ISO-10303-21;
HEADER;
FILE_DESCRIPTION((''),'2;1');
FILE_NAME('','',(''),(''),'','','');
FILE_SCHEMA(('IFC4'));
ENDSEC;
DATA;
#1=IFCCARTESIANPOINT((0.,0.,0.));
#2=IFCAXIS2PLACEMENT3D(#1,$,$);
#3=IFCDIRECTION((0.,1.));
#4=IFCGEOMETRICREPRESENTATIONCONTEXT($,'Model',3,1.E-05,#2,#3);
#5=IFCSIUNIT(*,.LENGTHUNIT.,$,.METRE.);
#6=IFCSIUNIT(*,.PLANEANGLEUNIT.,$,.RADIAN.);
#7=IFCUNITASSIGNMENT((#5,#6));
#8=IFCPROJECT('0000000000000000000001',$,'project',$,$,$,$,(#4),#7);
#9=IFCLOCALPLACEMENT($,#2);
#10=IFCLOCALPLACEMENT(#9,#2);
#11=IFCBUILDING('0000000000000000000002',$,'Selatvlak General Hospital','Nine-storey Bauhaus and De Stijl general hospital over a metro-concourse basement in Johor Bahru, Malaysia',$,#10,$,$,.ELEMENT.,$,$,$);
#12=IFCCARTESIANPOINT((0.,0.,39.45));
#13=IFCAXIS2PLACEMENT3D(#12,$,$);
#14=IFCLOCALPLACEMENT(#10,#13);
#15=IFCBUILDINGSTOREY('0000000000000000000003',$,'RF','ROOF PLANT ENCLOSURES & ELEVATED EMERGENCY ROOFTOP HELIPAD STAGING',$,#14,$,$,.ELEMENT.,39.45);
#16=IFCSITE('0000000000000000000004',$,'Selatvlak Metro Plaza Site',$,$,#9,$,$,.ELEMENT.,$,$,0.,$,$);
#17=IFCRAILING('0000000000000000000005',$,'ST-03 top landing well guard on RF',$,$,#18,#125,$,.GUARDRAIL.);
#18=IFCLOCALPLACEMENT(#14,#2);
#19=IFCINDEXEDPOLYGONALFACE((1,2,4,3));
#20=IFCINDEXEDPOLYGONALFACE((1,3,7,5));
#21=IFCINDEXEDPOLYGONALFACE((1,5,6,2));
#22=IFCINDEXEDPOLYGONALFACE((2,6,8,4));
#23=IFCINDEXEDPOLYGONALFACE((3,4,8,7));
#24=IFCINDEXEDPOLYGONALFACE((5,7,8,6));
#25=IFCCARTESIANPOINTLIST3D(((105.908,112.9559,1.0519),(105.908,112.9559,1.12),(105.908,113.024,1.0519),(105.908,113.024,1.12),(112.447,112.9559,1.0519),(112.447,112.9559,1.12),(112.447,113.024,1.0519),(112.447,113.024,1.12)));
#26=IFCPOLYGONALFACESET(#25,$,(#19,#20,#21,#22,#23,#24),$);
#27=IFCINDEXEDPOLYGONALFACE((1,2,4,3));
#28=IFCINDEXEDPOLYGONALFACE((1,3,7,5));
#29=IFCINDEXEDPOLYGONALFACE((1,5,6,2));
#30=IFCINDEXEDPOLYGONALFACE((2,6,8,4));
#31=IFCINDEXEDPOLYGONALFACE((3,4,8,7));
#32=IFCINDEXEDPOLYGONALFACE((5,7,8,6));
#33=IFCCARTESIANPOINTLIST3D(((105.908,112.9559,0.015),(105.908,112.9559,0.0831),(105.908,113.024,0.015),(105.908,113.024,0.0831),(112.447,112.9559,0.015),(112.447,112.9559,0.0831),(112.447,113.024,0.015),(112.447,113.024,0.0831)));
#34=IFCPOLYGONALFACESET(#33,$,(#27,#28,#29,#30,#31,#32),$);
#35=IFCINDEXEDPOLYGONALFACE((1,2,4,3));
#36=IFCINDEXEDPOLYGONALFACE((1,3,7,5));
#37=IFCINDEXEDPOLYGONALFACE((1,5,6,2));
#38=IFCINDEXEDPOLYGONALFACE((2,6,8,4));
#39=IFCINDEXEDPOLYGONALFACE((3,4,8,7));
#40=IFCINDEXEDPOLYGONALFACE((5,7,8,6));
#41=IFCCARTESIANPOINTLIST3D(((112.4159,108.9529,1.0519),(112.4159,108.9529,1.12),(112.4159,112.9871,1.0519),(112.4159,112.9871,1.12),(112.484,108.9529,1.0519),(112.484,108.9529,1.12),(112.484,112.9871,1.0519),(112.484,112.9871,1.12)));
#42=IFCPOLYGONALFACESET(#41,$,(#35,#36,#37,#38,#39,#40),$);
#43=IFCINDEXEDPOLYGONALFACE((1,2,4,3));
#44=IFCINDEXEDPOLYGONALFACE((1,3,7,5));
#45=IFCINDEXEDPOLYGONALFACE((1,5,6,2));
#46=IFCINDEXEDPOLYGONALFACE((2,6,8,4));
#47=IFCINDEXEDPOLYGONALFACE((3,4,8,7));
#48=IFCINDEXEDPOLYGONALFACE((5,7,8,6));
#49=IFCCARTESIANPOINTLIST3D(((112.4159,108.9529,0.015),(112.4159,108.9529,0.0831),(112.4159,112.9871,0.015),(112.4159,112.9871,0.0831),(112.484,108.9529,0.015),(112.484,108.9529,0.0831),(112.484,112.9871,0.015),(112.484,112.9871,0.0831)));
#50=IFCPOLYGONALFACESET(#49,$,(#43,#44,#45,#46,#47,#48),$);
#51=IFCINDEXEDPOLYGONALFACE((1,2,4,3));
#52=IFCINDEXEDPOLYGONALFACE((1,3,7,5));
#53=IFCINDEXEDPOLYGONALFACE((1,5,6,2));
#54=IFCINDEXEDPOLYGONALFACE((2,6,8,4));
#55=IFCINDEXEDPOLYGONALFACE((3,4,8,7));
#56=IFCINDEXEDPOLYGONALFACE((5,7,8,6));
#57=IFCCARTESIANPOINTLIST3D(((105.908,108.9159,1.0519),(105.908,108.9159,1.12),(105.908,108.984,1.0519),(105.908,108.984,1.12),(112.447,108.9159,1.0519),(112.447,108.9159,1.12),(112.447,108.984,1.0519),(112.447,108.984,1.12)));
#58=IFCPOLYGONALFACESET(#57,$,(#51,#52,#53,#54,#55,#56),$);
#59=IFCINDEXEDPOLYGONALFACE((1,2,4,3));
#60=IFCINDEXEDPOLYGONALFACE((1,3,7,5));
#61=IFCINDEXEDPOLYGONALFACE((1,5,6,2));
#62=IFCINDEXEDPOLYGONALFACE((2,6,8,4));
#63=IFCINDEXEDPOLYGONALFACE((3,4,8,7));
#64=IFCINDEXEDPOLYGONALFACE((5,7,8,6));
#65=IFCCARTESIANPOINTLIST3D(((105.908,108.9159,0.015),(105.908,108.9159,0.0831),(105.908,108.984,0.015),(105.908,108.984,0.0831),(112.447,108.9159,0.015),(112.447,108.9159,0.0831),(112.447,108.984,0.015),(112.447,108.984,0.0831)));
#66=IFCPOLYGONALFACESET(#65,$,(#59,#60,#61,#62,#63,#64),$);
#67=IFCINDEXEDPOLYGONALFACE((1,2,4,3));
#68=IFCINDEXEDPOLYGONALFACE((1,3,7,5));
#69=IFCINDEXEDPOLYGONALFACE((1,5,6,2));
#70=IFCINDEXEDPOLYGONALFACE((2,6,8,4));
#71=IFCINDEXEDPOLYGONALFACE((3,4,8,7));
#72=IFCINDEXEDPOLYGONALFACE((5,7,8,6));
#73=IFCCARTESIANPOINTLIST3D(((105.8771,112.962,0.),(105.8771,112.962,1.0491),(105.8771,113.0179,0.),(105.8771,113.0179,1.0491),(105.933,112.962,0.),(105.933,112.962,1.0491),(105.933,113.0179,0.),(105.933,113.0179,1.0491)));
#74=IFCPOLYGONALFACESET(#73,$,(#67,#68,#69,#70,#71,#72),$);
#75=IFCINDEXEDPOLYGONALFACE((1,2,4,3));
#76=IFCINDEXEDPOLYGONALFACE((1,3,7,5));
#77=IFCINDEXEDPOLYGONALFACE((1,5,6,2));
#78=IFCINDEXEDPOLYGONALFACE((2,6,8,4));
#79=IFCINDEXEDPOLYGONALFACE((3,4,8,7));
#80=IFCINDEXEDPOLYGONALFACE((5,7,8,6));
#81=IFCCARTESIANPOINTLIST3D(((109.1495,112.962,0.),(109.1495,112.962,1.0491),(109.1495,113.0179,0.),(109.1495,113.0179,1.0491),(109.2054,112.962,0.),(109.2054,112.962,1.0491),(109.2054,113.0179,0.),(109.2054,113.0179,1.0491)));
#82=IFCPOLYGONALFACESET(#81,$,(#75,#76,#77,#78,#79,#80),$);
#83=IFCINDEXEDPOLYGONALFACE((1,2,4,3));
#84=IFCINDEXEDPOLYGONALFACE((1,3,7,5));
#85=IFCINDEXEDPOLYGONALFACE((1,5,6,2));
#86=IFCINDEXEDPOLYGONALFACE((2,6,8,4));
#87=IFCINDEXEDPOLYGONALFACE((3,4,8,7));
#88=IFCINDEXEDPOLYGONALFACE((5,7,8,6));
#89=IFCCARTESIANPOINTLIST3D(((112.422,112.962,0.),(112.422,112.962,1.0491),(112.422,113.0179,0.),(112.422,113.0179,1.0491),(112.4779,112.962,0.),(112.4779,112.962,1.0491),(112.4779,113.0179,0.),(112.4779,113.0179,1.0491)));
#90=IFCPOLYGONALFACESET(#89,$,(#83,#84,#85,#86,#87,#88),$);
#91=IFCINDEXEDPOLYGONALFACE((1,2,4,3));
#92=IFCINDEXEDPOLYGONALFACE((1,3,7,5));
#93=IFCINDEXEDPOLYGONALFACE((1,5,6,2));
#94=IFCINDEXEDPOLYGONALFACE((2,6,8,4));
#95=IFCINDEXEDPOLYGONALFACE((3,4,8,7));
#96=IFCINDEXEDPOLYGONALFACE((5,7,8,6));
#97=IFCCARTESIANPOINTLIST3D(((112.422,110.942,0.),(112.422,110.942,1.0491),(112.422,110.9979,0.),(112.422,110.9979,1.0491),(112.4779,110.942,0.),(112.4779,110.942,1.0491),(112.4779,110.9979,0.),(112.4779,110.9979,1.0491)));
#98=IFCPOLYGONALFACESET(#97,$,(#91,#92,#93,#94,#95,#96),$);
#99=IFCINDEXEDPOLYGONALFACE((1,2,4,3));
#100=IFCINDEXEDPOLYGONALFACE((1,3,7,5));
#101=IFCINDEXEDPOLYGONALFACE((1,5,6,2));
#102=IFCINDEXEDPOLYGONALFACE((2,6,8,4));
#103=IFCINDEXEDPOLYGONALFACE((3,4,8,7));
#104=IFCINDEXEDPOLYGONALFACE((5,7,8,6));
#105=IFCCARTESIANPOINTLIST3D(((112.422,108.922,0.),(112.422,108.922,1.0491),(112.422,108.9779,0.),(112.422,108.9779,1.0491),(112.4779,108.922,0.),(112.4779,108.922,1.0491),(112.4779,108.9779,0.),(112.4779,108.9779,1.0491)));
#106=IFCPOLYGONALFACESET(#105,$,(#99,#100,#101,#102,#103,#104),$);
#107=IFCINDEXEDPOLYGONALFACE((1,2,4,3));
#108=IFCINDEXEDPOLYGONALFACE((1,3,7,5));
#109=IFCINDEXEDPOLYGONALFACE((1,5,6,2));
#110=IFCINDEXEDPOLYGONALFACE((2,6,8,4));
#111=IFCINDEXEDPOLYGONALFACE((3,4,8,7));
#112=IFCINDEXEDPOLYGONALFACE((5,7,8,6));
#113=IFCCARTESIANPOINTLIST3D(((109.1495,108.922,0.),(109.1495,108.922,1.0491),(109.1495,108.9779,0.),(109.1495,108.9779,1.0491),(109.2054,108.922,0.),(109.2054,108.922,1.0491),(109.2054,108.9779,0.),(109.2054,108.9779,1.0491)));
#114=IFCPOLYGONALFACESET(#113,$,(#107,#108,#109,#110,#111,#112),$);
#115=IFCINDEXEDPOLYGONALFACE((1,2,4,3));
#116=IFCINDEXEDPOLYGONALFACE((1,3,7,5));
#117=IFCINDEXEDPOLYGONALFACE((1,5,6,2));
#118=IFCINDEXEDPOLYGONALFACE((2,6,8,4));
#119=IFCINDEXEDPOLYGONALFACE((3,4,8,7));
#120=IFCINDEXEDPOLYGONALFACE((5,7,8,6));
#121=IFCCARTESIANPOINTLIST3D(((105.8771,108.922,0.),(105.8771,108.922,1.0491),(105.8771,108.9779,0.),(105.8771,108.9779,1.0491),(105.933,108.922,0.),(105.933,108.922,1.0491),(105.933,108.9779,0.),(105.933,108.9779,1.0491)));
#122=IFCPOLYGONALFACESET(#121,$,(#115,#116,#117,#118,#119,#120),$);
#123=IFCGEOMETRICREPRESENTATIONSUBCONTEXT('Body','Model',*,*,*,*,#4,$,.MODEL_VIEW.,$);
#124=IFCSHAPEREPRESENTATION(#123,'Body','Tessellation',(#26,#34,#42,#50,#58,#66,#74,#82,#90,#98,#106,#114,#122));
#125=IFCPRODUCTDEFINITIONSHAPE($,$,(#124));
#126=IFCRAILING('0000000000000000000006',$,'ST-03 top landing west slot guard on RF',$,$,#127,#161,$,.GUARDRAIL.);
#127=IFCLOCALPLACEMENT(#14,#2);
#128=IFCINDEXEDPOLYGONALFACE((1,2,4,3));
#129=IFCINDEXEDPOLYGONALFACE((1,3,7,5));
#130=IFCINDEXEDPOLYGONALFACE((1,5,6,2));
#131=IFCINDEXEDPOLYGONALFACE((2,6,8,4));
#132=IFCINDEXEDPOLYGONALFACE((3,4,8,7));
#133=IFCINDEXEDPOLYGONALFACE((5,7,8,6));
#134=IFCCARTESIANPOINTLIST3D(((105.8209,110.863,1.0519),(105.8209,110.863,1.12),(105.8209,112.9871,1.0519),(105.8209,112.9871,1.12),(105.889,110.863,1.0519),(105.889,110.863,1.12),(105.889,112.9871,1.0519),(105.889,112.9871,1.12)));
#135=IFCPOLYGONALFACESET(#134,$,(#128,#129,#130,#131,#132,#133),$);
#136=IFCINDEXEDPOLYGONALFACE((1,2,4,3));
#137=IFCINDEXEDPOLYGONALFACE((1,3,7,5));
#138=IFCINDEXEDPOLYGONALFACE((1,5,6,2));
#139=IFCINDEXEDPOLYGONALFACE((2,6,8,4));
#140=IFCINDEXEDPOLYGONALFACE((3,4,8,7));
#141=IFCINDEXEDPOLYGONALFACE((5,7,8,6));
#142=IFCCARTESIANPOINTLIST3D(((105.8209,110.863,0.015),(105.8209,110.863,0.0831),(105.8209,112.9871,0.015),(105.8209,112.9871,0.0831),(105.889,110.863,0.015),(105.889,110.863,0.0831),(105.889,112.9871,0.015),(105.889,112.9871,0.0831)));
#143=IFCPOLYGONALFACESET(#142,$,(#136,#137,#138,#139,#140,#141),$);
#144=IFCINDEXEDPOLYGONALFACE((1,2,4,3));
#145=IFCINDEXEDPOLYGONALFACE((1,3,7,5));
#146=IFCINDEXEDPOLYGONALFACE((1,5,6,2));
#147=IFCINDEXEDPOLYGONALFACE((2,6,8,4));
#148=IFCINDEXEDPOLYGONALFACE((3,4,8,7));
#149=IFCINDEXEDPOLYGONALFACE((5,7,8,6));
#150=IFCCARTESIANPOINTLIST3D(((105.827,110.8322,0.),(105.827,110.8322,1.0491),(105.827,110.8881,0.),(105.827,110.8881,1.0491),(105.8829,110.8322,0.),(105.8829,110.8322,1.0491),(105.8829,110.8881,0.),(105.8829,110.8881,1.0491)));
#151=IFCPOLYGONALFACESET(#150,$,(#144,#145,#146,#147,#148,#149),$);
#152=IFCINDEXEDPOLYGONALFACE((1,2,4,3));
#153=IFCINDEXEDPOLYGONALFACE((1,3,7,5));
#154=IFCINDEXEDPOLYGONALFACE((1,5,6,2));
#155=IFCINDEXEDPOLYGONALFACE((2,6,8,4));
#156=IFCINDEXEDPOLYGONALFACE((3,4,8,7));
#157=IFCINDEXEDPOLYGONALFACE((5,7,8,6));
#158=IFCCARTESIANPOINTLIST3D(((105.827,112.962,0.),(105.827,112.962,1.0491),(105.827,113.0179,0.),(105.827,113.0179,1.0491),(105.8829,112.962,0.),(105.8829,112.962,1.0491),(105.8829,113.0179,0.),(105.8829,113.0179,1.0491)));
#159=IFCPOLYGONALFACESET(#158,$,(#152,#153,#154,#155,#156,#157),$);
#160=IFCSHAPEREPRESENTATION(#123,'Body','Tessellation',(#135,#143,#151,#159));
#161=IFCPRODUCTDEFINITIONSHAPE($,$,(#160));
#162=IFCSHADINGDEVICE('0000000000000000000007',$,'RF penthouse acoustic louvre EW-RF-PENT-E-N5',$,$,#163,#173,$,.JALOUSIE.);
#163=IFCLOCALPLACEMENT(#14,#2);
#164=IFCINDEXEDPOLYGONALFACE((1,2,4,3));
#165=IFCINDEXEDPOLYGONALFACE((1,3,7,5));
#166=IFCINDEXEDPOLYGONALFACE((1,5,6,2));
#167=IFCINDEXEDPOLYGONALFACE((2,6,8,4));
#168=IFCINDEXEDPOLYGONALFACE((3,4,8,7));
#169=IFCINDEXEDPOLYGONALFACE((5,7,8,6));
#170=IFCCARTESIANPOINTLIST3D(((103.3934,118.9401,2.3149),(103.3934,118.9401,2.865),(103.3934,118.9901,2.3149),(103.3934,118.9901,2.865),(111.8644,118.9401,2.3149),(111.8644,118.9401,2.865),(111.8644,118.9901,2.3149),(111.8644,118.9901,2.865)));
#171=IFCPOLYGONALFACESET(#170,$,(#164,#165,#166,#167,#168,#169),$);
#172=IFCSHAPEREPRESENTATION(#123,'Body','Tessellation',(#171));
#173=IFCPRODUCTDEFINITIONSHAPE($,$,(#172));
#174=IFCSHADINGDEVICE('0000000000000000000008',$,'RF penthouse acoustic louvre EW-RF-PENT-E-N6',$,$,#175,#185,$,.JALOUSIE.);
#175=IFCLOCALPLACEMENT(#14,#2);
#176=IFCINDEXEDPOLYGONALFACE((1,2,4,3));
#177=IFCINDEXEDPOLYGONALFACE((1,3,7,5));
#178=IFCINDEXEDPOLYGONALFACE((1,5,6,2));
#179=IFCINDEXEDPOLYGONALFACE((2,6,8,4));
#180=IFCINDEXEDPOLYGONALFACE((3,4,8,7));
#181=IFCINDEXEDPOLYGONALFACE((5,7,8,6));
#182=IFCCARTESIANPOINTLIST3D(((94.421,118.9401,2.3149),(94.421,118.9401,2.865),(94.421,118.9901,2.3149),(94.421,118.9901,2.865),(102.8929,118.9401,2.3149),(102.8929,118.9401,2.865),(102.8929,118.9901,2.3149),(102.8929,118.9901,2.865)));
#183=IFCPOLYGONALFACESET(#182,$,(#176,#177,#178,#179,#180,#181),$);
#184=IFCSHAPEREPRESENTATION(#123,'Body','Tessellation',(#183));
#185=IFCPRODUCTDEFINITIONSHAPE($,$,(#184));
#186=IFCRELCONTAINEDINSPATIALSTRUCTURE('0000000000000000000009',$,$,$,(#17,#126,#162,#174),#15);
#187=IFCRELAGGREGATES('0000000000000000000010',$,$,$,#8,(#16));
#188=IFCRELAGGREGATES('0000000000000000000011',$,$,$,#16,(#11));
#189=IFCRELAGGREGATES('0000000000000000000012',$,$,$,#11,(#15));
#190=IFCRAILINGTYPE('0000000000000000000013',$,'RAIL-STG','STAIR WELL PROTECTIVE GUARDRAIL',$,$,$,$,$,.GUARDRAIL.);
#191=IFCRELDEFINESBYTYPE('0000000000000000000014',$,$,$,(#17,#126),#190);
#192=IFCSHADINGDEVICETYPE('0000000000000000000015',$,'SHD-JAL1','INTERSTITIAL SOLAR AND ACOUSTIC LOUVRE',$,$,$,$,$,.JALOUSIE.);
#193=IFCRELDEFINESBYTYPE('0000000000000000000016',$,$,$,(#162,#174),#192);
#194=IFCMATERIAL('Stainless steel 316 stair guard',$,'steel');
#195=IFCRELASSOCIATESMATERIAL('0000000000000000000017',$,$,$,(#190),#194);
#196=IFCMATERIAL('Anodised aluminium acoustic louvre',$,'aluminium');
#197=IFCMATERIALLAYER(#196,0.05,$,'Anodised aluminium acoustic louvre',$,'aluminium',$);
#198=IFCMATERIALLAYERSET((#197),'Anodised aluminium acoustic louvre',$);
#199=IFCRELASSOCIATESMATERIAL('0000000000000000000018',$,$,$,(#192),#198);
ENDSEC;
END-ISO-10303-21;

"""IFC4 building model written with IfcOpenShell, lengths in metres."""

from ifc_helpers import new_model, si_unit, direction, frame, origin, origin_2d, place, context, subcontext, project, spatial, rectangle, extrude, material, layer, layer_set, type_object, element, save


model = new_model("IFC4")

# Units and contexts
model_context = context("Model", 3, precision=1e-05, world=origin(), true_north=direction((0.0, 1.0)))
body_context = subcontext(model_context, "Body", "Model", "MODEL_VIEW")
ifc_project = project(units=[si_unit("LENGTHUNIT", "METRE"), si_unit("PLANEANGLEUNIT", "RADIAN")], contexts=[model_context])

# Site, building, storey
site_placement = place(None, origin())
site = spatial("IfcSite", under=ifc_project, at=site_placement, Name="Selatvlak Metro Plaza Site", CompositionType="ELEMENT", RefElevation=0.0)
building_placement = place(site_placement, origin())
building = spatial("IfcBuilding", under=site, at=building_placement, Name="Selatvlak General Hospital", Description="Nine-storey Bauhaus and De Stijl general hospital over a metro-concourse basement in Johor Bahru, Malaysia", CompositionType="ELEMENT")
storey_placement = place(building_placement, frame((0.0, 0.0, 39.45)))
storey = spatial("IfcBuildingStorey", under=building, at=storey_placement, Name="RF", Description="ROOF PLANT ENCLOSURES & ELEVATED EMERGENCY ROOFTOP HELIPAD STAGING", CompositionType="ELEMENT", Elevation=39.45)

# Railings
ifc_material_1 = material(Name="Stainless steel 316 stair guard", Category="steel")
railing_type = type_object("IfcRailingType", Name="RAIL-STG", Description="STAIR WELL PROTECTIVE GUARDRAIL", PredefinedType="GUARDRAIL", material=ifc_material_1)
railing_1_placement = place(storey_placement, frame((105.905, 112.99, 0.0)))
element("IfcRailing", 1, at=railing_1_placement, inside=storey, type_object=railing_type, Name="ST-03 top landing well guard on RF", PredefinedType="GUARDRAIL", context=body_context, shape_type="SweptSolid", body=[
    extrude(rectangle(XDim=0.0681, YDim=0.0681, at=origin_2d()), frame((0.0029, 0.0, 1.0859), z_axis=(1.0, 0.0, 0.0), x_axis=(0.0, 1.0, 0.0)), (0.0, 0.0, 1.0), 6.5391),
    extrude(rectangle(XDim=0.0681, YDim=0.0681, at=origin_2d()), frame((0.0029, 0.0, 0.0491), z_axis=(1.0, 0.0, 0.0), x_axis=(0.0, 1.0, 0.0)), (0.0, 0.0, 1.0), 6.5391),
    extrude(rectangle(XDim=0.0681, YDim=0.0681, at=origin_2d()), frame((6.5449, -0.0029, 1.0859), z_axis=(0.0, -1.0, 0.0), x_axis=(1.0, 0.0, 0.0)), (0.0, 0.0, 1.0), 4.0342),
    extrude(rectangle(XDim=0.0681, YDim=0.0681, at=origin_2d()), frame((6.5449, -0.0029, 0.0491), z_axis=(0.0, -1.0, 0.0), x_axis=(1.0, 0.0, 0.0)), (0.0, 0.0, 1.0), 4.0342),
    extrude(rectangle(XDim=0.0681, YDim=0.0681, at=origin_2d()), frame((6.542, -4.04, 1.0859), z_axis=(-1.0, 0.0, 0.0), x_axis=(0.0, -1.0, 0.0)), (0.0, 0.0, 1.0), 6.5391),
    extrude(rectangle(XDim=0.0681, YDim=0.0681, at=origin_2d()), frame((6.542, -4.04, 0.0491), z_axis=(-1.0, 0.0, 0.0), x_axis=(0.0, -1.0, 0.0)), (0.0, 0.0, 1.0), 6.5391),
    extrude(rectangle(XDim=0.0559, YDim=0.0559, at=origin_2d()), origin(), (0.0, 0.0, 1.0), 1.0491),
    extrude(rectangle(XDim=0.0559, YDim=0.0559, at=origin_2d()), frame((3.2725, 0.0, 0.0)), (0.0, 0.0, 1.0), 1.0491),
    extrude(rectangle(XDim=0.0559, YDim=0.0559, at=origin_2d()), frame((6.5449, 0.0, 0.0)), (0.0, 0.0, 1.0), 1.0491),
    extrude(rectangle(XDim=0.0559, YDim=0.0559, at=origin_2d()), frame((6.5449, -2.02, 0.0)), (0.0, 0.0, 1.0), 1.0491),
    extrude(rectangle(XDim=0.0559, YDim=0.0559, at=origin_2d()), frame((6.5449, -4.04, 0.0)), (0.0, 0.0, 1.0), 1.0491),
    extrude(rectangle(XDim=0.0559, YDim=0.0559, at=origin_2d()), frame((3.2725, -4.04, 0.0)), (0.0, 0.0, 1.0), 1.0491),
    extrude(rectangle(XDim=0.0559, YDim=0.0559, at=origin_2d()), frame((0.0, -4.04, 0.0)), (0.0, 0.0, 1.0), 1.0491),
])
railing_2_placement = place(storey_placement, frame((105.855, 110.8601, 0.0)))
element("IfcRailing", 2, at=railing_2_placement, inside=storey, type_object=railing_type, Name="ST-03 top landing west slot guard on RF", PredefinedType="GUARDRAIL", context=body_context, shape_type="SweptSolid", body=[
    extrude(rectangle(XDim=0.0681, YDim=0.0681, at=origin_2d()), frame((0.0, 0.0029, 1.0859), z_axis=(0.0, 1.0, 0.0), x_axis=(-1.0, 0.0, 0.0)), (0.0, 0.0, 1.0), 2.124),
    extrude(rectangle(XDim=0.0681, YDim=0.0681, at=origin_2d()), frame((0.0, 0.0029, 0.0491), z_axis=(0.0, 1.0, 0.0), x_axis=(-1.0, 0.0, 0.0)), (0.0, 0.0, 1.0), 2.124),
    extrude(rectangle(XDim=0.0559, YDim=0.0559, at=origin_2d()), origin(), (0.0, 0.0, 1.0), 1.0491),
    extrude(rectangle(XDim=0.0559, YDim=0.0559, at=origin_2d()), frame((0.0, 2.1299, 0.0)), (0.0, 0.0, 1.0), 1.0491),
])

# Shading devices
ifc_material_2 = material(Name="Anodised aluminium acoustic louvre", Category="aluminium")
ifc_layer_1 = layer(ifc_material_2, 0.05, Name="Anodised aluminium acoustic louvre", Category="aluminium")
ifc_layer_set_1 = layer_set([ifc_layer_1], Name="Anodised aluminium acoustic louvre")
shading_device_type = type_object("IfcShadingDeviceType", Name="SHD-JAL1", Description="INTERSTITIAL SOLAR AND ACOUSTIC LOUVRE", PredefinedType="JALOUSIE", material=ifc_layer_set_1)
shading_device_1_placement = place(storey_placement, frame((107.6289, 118.9651, 2.3149), z_axis=(0.0, 0.0, 1.0), x_axis=(-1.0, 0.0, 0.0)))
element("IfcShadingDevice", 3, at=shading_device_1_placement, inside=storey, type_object=shading_device_type, Name="RF penthouse acoustic louvre EW-RF-PENT-E-N5", PredefinedType="JALOUSIE", context=body_context, shape_type="SweptSolid", body=[
    extrude(rectangle(XDim=8.4709, YDim=0.05, at=origin_2d()), origin(), (0.0, 0.0, 1.0), 0.55),
])
shading_device_2_placement = place(storey_placement, frame((98.657, 118.9651, 2.3149), z_axis=(0.0, 0.0, 1.0), x_axis=(-1.0, 0.0, 0.0)))
element("IfcShadingDevice", 4, at=shading_device_2_placement, inside=storey, type_object=shading_device_type, Name="RF penthouse acoustic louvre EW-RF-PENT-E-N6", PredefinedType="JALOUSIE", context=body_context, shape_type="SweptSolid", body=[
    extrude(rectangle(XDim=8.4719, YDim=0.05, at=origin_2d()), origin(), (0.0, 0.0, 1.0), 0.55),
])

save(model, "model.ifc")
